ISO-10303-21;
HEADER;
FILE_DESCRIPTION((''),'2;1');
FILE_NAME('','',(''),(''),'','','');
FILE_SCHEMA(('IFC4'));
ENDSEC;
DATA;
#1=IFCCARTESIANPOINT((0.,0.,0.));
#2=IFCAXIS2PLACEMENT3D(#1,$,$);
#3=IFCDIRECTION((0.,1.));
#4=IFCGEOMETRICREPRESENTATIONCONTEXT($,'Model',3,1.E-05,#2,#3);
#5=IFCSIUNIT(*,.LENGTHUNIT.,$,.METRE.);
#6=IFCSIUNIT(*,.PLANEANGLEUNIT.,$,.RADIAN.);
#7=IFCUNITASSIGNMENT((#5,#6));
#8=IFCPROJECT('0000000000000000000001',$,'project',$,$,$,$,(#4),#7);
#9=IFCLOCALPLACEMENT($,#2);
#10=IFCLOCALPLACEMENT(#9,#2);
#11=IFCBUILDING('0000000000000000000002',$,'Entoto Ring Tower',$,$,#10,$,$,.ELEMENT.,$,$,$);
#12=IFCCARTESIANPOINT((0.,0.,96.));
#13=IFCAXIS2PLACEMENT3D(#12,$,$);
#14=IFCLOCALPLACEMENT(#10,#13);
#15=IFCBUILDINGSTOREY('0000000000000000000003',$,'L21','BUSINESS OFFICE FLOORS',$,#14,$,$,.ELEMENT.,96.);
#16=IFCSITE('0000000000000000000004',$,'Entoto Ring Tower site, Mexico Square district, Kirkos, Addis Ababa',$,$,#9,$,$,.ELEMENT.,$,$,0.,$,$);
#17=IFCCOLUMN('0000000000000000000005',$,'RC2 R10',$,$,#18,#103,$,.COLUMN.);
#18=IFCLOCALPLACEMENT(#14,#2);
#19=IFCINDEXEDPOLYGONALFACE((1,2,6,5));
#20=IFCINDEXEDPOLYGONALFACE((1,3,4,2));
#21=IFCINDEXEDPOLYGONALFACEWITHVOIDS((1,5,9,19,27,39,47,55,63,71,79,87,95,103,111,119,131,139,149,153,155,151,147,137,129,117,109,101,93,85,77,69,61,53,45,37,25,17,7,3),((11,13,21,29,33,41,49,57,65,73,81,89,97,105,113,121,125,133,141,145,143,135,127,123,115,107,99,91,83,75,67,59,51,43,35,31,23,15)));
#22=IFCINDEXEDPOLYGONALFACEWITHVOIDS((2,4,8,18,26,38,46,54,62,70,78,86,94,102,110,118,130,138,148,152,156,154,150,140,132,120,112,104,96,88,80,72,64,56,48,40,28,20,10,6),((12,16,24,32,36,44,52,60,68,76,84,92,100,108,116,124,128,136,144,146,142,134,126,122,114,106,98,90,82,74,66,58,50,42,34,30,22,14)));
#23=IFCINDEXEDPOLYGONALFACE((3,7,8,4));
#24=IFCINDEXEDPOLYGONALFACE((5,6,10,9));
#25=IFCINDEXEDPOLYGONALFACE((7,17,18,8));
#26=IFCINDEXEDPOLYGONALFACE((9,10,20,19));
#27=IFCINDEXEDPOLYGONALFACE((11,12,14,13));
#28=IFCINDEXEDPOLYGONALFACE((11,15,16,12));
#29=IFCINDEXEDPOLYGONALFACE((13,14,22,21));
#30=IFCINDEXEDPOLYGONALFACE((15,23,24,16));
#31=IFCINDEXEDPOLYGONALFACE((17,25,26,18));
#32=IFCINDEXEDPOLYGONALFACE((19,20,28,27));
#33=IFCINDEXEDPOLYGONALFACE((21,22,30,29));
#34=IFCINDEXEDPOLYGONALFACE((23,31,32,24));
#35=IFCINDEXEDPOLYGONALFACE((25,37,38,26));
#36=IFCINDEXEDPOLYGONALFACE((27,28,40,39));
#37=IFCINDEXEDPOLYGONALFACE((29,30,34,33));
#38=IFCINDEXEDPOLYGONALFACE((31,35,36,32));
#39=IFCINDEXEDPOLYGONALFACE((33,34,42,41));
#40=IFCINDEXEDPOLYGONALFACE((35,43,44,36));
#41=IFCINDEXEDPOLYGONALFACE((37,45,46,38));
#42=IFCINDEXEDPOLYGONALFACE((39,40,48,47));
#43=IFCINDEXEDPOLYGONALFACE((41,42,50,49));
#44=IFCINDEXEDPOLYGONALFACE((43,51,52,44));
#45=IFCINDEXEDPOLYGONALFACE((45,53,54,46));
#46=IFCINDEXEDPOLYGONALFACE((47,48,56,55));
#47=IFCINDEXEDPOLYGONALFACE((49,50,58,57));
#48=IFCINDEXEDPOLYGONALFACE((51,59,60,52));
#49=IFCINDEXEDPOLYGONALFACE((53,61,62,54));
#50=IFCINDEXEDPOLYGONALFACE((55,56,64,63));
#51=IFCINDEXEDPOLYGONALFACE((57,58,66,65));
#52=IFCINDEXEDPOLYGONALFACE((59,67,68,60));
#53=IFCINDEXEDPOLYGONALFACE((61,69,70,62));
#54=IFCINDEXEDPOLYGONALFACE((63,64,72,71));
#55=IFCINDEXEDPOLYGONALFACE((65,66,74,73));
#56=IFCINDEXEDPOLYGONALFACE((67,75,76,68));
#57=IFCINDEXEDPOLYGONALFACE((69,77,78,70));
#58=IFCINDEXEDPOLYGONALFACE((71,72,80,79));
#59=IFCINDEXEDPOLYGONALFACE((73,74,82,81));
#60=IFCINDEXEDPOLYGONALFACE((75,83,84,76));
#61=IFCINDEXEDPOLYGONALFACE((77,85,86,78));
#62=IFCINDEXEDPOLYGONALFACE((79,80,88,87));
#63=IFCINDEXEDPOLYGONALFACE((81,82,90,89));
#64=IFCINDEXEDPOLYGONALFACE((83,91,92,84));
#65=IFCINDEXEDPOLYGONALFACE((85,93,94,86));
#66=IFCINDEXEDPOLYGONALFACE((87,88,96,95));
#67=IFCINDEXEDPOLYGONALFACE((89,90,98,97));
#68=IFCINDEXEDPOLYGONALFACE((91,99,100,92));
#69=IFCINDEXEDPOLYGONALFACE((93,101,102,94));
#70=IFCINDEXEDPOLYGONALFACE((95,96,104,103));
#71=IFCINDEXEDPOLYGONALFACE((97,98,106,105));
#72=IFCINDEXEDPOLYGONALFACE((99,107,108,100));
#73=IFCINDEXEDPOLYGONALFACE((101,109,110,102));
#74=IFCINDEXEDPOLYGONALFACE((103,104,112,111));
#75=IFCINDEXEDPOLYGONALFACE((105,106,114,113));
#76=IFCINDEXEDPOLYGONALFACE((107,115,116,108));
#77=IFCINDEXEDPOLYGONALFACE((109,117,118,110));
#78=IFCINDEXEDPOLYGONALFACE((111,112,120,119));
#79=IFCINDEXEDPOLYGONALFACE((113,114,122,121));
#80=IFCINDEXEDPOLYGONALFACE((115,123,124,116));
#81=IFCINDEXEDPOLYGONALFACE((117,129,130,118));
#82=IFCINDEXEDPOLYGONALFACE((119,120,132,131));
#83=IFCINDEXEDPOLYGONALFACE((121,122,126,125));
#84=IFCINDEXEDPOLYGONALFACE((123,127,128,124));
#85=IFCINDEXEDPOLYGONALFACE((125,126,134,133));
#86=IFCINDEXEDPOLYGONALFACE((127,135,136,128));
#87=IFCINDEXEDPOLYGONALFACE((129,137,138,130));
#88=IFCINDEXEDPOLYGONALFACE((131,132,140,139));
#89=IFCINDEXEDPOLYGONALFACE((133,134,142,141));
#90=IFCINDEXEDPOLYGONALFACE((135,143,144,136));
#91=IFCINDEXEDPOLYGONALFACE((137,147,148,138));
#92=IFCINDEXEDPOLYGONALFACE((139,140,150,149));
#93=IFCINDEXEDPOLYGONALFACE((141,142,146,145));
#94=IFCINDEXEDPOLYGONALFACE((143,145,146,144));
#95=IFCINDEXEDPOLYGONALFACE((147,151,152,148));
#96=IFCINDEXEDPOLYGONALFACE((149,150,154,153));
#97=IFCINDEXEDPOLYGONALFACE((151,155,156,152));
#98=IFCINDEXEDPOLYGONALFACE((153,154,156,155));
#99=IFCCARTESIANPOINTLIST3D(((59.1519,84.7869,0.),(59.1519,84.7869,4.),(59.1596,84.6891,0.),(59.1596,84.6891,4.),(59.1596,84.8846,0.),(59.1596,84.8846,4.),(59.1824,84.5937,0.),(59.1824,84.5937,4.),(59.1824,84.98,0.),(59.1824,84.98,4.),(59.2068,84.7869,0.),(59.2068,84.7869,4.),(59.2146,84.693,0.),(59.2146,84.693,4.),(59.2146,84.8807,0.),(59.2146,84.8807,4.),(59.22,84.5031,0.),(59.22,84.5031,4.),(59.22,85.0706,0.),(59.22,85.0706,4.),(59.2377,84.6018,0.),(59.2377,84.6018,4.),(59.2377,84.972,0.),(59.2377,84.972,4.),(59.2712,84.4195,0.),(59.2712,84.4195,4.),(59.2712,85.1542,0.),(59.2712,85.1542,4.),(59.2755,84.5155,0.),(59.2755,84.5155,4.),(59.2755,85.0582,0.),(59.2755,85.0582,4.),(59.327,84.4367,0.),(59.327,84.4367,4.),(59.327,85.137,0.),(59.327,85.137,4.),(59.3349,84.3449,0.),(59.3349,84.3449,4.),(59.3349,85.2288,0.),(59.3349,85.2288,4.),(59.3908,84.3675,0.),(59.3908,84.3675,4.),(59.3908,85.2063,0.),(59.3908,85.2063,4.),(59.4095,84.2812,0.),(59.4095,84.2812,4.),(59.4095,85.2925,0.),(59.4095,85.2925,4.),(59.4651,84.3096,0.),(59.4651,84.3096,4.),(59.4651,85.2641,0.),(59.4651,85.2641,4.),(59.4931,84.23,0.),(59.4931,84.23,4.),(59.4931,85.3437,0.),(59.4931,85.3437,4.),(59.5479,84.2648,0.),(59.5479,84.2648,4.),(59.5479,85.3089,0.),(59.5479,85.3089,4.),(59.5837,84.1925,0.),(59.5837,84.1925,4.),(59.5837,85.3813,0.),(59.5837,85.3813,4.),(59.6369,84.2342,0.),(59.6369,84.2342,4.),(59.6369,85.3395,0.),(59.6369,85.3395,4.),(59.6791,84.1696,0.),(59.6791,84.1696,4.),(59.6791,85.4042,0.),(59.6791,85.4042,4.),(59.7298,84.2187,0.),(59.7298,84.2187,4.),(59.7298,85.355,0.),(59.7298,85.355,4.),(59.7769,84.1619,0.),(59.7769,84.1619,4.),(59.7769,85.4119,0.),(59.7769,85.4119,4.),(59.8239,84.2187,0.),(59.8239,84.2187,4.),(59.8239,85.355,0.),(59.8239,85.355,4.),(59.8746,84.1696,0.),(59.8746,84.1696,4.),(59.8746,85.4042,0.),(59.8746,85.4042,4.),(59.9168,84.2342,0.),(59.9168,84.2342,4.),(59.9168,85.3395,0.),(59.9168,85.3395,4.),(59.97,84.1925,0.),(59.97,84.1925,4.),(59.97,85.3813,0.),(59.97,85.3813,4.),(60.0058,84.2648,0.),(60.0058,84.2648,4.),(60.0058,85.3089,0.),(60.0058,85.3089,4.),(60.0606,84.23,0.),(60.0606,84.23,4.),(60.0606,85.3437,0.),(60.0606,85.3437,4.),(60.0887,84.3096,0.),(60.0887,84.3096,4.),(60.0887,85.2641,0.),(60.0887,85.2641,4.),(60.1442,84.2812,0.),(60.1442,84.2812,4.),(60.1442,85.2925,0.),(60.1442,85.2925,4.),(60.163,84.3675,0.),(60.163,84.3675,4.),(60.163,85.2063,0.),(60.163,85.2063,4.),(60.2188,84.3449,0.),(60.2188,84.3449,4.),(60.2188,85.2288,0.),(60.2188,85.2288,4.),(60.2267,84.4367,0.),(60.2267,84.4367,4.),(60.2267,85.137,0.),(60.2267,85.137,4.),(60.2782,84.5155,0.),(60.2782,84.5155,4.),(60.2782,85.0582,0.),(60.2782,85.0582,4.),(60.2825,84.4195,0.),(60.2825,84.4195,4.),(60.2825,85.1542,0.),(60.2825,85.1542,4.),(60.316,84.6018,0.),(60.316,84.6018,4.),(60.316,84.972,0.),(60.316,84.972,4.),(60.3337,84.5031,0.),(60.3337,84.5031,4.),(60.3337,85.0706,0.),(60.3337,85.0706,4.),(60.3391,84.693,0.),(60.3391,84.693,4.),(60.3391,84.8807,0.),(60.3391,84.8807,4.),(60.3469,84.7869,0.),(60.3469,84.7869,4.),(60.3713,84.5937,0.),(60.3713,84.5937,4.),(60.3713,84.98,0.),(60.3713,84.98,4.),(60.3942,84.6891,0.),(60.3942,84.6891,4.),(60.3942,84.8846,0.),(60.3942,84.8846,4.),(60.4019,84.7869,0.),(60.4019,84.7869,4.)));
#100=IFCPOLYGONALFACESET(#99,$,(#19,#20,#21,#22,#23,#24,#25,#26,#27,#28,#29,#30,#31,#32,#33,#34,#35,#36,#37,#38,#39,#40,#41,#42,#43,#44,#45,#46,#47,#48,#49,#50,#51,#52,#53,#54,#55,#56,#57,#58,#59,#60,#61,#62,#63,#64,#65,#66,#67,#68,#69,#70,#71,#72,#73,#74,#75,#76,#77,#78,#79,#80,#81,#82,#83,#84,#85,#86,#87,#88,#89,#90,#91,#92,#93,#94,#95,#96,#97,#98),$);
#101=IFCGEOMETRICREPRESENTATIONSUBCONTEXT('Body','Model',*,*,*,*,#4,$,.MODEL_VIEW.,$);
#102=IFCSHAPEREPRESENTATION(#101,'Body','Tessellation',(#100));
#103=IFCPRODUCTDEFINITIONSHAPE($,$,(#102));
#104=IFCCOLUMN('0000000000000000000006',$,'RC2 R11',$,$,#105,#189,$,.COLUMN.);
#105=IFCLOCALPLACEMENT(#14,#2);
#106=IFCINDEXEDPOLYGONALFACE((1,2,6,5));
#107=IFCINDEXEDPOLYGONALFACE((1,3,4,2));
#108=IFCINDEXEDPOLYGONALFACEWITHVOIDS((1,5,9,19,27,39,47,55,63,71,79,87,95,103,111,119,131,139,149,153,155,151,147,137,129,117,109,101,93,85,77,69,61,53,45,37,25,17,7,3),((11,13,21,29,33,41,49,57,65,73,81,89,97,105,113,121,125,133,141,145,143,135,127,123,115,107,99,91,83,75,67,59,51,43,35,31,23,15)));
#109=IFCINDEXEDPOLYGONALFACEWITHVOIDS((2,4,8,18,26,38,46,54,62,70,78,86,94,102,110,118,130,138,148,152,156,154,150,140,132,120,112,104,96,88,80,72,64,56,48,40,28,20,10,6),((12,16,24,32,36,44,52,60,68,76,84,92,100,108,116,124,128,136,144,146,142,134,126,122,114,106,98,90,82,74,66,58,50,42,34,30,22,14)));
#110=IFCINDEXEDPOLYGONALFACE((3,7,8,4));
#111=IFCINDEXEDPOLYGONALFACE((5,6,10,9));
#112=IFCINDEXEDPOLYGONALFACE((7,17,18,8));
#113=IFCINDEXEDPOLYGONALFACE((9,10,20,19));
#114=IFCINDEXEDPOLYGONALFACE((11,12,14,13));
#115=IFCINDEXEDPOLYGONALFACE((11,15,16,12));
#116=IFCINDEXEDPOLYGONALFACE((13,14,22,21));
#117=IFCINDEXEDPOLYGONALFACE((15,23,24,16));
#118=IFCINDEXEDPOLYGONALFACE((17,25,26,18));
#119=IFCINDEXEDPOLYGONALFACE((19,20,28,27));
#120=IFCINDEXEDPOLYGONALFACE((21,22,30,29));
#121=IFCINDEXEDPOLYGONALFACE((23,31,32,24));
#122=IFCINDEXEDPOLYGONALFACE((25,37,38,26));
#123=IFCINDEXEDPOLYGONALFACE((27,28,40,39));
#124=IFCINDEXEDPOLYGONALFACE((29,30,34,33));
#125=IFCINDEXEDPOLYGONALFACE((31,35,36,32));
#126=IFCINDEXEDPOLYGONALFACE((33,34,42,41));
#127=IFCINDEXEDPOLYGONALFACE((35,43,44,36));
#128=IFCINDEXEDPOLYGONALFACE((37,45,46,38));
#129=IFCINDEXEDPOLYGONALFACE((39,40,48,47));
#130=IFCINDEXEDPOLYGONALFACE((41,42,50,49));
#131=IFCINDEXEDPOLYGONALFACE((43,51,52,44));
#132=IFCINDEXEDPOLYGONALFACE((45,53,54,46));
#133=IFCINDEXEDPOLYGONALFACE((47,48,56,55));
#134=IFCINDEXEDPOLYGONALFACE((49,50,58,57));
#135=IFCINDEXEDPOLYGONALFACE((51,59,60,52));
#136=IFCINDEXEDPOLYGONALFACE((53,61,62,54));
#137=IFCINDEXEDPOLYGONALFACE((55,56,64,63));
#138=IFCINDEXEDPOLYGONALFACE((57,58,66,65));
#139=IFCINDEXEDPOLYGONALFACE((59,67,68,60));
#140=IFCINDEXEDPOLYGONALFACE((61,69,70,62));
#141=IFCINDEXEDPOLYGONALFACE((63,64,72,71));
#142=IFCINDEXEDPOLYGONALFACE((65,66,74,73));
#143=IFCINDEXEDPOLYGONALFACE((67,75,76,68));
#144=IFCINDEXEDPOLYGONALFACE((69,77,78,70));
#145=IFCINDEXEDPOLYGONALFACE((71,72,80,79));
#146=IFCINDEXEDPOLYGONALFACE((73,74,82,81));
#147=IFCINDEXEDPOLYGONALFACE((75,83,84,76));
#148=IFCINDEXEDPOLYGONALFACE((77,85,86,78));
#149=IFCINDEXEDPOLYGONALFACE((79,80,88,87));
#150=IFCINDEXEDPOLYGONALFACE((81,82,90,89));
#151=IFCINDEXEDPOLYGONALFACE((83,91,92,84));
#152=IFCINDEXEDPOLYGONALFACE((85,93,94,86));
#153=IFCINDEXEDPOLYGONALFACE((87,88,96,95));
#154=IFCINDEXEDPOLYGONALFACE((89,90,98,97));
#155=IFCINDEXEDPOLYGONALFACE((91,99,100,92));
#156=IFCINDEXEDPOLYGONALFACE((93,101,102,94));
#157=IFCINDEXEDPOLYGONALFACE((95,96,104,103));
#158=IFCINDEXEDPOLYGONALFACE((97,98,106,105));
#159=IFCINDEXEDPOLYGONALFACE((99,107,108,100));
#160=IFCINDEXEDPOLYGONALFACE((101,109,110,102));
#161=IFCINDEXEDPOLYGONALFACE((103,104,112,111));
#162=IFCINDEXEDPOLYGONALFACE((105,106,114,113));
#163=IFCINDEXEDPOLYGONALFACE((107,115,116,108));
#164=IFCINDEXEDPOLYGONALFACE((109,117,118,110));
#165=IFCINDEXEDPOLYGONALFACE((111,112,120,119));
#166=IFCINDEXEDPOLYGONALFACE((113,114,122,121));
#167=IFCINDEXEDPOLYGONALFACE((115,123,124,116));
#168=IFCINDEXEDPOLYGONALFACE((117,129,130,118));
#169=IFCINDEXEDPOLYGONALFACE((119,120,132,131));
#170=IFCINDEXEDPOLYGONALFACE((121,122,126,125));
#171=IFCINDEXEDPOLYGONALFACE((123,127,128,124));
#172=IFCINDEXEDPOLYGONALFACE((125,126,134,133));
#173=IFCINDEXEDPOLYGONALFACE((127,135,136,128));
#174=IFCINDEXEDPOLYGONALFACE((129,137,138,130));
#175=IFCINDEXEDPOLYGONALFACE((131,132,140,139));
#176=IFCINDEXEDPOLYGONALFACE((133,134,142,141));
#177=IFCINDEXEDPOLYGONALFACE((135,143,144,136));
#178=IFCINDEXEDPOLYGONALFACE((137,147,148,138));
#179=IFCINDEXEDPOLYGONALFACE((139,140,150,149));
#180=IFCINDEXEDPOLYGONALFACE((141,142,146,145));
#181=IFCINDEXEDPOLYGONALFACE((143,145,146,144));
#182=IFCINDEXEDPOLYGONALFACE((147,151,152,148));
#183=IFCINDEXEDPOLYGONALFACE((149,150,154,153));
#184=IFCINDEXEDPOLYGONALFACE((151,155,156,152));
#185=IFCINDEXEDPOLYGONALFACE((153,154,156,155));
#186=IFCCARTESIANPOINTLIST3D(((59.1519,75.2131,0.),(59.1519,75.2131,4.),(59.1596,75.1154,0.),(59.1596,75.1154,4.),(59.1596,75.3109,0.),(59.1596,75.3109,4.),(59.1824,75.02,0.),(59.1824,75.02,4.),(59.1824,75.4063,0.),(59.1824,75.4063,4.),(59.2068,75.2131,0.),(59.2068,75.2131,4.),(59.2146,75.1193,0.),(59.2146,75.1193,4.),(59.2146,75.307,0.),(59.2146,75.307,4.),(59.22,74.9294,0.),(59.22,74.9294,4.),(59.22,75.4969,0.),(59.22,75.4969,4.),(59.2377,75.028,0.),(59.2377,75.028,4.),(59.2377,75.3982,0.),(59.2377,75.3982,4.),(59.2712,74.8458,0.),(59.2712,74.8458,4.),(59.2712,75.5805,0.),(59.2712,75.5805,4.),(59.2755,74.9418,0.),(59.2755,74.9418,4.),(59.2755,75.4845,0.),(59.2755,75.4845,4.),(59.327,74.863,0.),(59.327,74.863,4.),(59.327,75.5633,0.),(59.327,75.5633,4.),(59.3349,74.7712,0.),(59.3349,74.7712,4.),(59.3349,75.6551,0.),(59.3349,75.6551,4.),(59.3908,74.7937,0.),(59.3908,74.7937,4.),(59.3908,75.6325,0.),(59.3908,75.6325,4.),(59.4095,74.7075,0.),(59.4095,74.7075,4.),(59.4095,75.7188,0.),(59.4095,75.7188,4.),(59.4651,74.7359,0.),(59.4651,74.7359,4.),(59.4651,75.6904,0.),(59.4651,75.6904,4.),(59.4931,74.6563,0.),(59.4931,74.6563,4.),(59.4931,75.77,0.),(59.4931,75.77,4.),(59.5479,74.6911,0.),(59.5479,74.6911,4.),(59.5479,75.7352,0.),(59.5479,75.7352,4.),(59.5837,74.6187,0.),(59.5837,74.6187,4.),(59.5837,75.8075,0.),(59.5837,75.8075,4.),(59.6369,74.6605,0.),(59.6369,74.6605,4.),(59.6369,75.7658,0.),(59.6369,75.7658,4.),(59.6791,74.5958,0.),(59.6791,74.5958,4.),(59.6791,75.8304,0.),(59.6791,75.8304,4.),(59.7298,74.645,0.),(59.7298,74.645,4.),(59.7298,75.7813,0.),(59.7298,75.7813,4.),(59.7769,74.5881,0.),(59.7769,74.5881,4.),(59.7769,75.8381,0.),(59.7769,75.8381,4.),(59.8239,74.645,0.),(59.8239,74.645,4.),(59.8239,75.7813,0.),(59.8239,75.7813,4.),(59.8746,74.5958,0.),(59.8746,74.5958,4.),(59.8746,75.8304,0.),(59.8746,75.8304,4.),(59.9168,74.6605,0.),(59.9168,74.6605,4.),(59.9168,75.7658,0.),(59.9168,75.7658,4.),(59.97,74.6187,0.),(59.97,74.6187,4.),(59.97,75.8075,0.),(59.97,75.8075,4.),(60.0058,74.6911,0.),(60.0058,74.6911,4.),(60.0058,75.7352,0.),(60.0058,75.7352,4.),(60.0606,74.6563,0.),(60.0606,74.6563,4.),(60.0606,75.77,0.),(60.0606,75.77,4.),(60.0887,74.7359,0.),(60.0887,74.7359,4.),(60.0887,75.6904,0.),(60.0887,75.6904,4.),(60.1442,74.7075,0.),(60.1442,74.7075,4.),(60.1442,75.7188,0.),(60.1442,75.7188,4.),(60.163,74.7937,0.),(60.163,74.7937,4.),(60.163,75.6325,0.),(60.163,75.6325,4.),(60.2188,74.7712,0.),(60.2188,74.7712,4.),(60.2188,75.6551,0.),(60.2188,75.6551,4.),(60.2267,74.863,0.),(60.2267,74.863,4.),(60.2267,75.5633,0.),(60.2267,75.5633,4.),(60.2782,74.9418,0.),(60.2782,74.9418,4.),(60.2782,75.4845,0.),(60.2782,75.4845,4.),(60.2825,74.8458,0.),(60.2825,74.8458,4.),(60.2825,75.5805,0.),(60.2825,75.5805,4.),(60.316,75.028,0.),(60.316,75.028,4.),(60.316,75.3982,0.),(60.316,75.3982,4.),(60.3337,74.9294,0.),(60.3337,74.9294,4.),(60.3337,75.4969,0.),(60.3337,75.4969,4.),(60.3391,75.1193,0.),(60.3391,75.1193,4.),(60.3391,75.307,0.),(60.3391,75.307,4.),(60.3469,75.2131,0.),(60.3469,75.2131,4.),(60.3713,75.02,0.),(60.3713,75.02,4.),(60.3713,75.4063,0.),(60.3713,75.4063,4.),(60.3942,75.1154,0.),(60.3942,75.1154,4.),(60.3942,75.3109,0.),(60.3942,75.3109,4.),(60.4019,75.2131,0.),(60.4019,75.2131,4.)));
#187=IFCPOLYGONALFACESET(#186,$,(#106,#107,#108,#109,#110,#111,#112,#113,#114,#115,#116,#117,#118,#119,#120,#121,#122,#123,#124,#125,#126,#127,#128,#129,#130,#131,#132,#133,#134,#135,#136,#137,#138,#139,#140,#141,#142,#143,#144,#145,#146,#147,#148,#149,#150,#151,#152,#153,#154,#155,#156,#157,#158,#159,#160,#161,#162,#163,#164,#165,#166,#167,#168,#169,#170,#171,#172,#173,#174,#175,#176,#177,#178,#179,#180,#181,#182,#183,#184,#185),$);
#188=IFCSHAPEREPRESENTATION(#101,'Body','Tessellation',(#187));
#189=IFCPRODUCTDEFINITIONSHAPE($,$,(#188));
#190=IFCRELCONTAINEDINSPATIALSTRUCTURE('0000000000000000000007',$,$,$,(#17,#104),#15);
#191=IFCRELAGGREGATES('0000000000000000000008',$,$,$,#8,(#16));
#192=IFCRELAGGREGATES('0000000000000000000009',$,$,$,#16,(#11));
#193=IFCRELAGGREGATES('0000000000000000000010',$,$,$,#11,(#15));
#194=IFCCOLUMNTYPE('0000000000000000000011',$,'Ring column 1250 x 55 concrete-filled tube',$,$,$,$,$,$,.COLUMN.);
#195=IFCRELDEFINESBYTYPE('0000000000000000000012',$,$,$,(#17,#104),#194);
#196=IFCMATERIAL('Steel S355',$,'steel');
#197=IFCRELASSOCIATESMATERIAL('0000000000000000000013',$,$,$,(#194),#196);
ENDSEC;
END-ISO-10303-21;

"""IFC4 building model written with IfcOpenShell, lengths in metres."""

from ifc_helpers import new_model, si_unit, direction, frame, origin, origin_2d, place, context, subcontext, project, spatial, circle, hollow_circle, extrude, material, material_profile, profile_set, type_object, element, save


model = new_model("IFC4")

# Units and contexts
model_context = context("Model", 3, precision=1e-05, world=origin(), true_north=direction((0.0, 1.0)))
body_context = subcontext(model_context, "Body", "Model", "MODEL_VIEW")
ifc_project = project(units=[si_unit("LENGTHUNIT", "METRE"), si_unit("PLANEANGLEUNIT", "RADIAN")], contexts=[model_context])

# Site, building, storey
site_placement = place(None, origin())
site = spatial("IfcSite", under=ifc_project, at=site_placement, Name="Entoto Ring Tower site, Mexico Square district, Kirkos, Addis Ababa", CompositionType="ELEMENT", RefElevation=0.0)
building_placement = place(site_placement, origin())
building = spatial("IfcBuilding", under=site, at=building_placement, Name="Entoto Ring Tower", CompositionType="ELEMENT")
storey_placement = place(building_placement, frame((0.0, 0.0, 96.0)))
storey = spatial("IfcBuildingStorey", under=building, at=storey_placement, Name="L21", Description="BUSINESS OFFICE FLOORS", CompositionType="ELEMENT", Elevation=96.0)

# Columns
ifc_material_1 = material(Name="Steel S355", Category="steel")
ifc_material_profile_1 = material_profile(ifc_material_1, hollow_circle(Radius=0.625, WallThickness=0.0549, at=origin_2d()), Name="CHS 1250 x 55")
ifc_material_2 = material(Name="Concrete C60/75", Category="concrete")
ifc_material_profile_2 = material_profile(ifc_material_2, circle(Radius=0.5701, at=origin_2d()), Name="Concrete C60/75 infill")
ifc_profile_set_1 = profile_set([ifc_material_profile_1, ifc_material_profile_2], Name="Steel S355")
column_type = type_object("IfcColumnType", Name="Ring column 1250 x 55 concrete-filled tube", PredefinedType="COLUMN", material=ifc_profile_set_1)
for number, where, z_axis, x_axis, name in (
    (1, (59.7769, 84.7869, 0.0), (0.0, 0.0, 1.0), (1.0, 0.0, 0.0), "RC2 R10"),
    (2, (59.7769, 75.2131, 0.0), (0.0, 0.0, 1.0), (1.0, 0.0, 0.0), "RC2 R11"),
):
    element("IfcColumn", number, at=place(storey_placement, frame(where, z_axis=z_axis, x_axis=x_axis)), inside=storey, type_object=column_type, Name=name, PredefinedType="COLUMN", context=body_context, shape_type="SweptSolid", body=[
        extrude(hollow_circle(Radius=0.625, WallThickness=0.0549, at=origin_2d()), origin(), (0.0, 0.0, 1.0), 4.0),
    ])

save(model, "model.ifc")
